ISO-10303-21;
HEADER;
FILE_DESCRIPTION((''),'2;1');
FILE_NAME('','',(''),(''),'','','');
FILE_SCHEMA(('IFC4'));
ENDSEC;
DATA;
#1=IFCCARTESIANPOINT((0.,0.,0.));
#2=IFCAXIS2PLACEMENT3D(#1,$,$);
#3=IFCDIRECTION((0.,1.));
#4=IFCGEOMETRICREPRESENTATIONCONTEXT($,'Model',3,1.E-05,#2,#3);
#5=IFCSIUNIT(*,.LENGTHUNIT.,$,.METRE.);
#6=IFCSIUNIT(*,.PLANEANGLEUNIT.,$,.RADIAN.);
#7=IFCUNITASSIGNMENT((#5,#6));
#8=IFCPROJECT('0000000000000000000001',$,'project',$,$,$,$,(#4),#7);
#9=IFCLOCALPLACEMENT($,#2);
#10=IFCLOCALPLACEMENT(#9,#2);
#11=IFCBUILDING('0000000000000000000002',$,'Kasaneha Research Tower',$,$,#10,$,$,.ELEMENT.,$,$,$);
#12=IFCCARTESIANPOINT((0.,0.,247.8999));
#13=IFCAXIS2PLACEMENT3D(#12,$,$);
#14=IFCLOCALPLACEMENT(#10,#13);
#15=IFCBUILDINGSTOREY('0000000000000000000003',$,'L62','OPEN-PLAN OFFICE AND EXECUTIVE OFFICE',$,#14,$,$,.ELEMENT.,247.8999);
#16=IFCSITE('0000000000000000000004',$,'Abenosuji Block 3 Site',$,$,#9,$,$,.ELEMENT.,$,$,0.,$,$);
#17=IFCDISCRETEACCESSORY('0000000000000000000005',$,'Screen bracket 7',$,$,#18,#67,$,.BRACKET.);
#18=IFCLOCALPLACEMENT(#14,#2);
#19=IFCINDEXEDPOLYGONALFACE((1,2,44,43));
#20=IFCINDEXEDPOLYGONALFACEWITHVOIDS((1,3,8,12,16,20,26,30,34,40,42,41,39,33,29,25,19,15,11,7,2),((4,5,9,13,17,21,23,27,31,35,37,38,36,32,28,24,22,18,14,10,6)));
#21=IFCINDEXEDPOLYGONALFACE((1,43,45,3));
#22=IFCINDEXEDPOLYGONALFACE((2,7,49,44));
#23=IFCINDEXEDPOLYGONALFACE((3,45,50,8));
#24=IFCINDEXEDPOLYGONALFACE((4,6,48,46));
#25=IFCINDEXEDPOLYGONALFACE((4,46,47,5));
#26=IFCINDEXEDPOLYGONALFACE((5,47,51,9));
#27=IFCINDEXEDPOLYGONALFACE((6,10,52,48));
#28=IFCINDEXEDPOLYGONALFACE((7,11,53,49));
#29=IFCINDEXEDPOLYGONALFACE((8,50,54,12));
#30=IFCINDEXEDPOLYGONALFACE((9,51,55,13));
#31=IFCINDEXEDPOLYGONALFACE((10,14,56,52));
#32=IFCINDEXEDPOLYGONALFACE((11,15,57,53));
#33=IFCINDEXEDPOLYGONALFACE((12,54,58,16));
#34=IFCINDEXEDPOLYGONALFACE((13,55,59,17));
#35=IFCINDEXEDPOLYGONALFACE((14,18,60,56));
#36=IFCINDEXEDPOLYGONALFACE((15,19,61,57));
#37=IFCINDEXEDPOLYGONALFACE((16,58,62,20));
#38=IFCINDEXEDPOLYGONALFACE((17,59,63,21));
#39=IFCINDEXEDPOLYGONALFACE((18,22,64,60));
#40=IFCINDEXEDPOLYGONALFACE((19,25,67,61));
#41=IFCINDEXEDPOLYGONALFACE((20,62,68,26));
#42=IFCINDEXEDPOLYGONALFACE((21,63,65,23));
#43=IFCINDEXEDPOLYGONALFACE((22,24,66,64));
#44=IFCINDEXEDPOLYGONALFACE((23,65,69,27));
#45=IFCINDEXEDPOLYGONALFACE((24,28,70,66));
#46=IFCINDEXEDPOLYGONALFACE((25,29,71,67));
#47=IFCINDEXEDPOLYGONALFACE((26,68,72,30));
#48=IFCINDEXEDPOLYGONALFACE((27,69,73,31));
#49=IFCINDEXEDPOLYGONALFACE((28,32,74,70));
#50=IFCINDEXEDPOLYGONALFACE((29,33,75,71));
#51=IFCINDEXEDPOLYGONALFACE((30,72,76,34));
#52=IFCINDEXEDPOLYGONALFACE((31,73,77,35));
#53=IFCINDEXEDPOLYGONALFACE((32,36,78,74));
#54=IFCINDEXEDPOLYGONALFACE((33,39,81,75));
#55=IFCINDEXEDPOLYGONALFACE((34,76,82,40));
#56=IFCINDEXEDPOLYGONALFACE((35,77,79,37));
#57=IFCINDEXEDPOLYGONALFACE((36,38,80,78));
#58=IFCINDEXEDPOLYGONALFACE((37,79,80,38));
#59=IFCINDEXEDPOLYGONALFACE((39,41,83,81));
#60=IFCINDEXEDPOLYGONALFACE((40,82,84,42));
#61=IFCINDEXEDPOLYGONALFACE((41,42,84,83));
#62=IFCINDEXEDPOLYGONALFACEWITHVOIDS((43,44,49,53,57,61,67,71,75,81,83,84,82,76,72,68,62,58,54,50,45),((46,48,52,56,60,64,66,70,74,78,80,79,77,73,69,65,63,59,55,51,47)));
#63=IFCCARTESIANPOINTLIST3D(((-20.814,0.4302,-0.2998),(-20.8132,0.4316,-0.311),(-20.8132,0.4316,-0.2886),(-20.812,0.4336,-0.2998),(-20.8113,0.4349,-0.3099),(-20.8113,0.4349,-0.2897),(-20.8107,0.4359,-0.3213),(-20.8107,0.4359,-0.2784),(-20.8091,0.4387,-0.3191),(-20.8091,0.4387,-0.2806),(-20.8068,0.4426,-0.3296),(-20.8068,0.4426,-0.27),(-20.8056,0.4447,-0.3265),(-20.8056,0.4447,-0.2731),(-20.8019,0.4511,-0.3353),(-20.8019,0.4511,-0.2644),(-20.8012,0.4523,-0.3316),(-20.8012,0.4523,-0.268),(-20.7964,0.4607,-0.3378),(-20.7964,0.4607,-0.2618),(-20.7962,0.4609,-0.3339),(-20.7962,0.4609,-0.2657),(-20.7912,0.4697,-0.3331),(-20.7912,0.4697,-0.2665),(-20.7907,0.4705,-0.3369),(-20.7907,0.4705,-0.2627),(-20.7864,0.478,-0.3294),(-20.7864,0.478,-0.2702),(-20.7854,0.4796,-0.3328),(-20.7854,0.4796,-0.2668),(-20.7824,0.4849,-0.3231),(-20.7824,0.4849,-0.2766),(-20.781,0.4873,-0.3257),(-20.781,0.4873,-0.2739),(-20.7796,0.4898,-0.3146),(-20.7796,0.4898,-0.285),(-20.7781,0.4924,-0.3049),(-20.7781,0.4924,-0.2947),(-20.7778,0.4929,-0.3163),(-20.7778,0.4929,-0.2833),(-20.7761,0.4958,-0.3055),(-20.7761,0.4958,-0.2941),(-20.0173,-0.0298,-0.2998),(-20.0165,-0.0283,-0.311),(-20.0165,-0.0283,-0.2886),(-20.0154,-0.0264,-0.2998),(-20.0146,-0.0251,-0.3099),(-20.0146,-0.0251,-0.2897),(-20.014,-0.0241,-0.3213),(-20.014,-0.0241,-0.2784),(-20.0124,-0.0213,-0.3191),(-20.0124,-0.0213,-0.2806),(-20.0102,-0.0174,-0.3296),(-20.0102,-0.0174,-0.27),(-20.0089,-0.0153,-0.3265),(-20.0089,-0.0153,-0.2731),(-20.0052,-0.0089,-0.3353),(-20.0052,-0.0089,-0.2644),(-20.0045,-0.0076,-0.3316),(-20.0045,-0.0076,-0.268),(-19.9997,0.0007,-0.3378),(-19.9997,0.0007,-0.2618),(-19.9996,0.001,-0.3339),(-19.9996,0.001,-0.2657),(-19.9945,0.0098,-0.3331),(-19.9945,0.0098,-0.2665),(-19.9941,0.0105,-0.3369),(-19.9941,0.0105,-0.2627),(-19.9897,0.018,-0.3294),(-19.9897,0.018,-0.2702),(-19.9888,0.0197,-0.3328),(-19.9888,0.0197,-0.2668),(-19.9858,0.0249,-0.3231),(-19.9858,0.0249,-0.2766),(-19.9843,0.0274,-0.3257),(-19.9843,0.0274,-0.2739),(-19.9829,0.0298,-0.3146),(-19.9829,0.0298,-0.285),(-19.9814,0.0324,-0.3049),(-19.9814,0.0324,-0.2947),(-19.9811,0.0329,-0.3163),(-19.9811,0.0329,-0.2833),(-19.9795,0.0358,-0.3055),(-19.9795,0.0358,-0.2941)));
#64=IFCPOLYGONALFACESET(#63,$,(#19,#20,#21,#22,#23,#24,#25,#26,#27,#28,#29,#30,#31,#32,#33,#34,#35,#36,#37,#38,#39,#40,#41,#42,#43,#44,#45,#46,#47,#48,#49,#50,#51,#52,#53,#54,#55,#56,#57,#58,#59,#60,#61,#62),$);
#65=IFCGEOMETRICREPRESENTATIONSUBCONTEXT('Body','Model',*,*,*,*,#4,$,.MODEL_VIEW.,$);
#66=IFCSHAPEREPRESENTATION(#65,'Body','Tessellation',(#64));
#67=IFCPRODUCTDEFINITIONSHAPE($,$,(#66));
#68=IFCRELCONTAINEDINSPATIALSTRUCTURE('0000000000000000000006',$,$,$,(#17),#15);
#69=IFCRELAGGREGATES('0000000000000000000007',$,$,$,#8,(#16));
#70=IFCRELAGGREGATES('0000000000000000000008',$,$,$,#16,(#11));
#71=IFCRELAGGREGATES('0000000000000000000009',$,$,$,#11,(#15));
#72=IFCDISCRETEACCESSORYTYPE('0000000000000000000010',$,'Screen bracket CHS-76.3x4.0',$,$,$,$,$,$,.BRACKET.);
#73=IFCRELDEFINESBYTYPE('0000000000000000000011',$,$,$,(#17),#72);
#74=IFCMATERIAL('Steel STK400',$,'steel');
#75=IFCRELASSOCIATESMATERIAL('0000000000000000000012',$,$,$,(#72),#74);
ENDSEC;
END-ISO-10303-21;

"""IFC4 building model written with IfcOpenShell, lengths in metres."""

from ifc_helpers import new_model, si_unit, direction, frame, origin, origin_2d, place, context, subcontext, project, spatial, hollow_circle, extrude, material, material_profile, profile_set, type_object, element, save


model = new_model("IFC4")

# Units and contexts
model_context = context("Model", 3, precision=1e-05, world=origin(), true_north=direction((0.0, 1.0)))
body_context = subcontext(model_context, "Body", "Model", "MODEL_VIEW")
ifc_project = project(units=[si_unit("LENGTHUNIT", "METRE"), si_unit("PLANEANGLEUNIT", "RADIAN")], contexts=[model_context])

# Site, building, storey
site_placement = place(None, origin())
site = spatial("IfcSite", under=ifc_project, at=site_placement, Name="Abenosuji Block 3 Site", CompositionType="ELEMENT", RefElevation=0.0)
building_placement = place(site_placement, origin())
building = spatial("IfcBuilding", under=site, at=building_placement, Name="Kasaneha Research Tower", CompositionType="ELEMENT")
storey_placement = place(building_placement, frame((0.0, 0.0, 247.8999)))
storey = spatial("IfcBuildingStorey", under=building, at=storey_placement, Name="L62", Description="OPEN-PLAN OFFICE AND EXECUTIVE OFFICE", CompositionType="ELEMENT", Elevation=247.8999)

# Discrete accessory
ifc_material_1 = material(Name="Steel STK400", Category="steel")
ifc_material_profile_1 = material_profile(ifc_material_1, hollow_circle(Radius=0.0381, WallThickness=0.0039, at=origin_2d()), Name="CHS-76.3x4.0")
ifc_profile_set_1 = profile_set([ifc_material_profile_1], Name="Steel STK400")
discrete_accessory_type = type_object("IfcDiscreteAccessoryType", Name="Screen bracket CHS-76.3x4.0", PredefinedType="BRACKET", material=ifc_profile_set_1)
discrete_accessory_1_placement = place(storey_placement, frame((-19.9983, 0.0032, -0.2998), z_axis=(-0.866013, 0.500021, 0.0), x_axis=(-0.500021, -0.866013, 0.0)))
element("IfcDiscreteAccessory", 1, at=discrete_accessory_1_placement, inside=storey, type_object=discrete_accessory_type, Name="Screen bracket 7", PredefinedType="BRACKET", context=body_context, shape_type="SweptSolid", body=[
    extrude(hollow_circle(Radius=0.0381, WallThickness=0.0039, at=origin_2d()), origin(), (0.0, 0.0, 1.0), 0.9199),
])

save(model, "model.ifc")
